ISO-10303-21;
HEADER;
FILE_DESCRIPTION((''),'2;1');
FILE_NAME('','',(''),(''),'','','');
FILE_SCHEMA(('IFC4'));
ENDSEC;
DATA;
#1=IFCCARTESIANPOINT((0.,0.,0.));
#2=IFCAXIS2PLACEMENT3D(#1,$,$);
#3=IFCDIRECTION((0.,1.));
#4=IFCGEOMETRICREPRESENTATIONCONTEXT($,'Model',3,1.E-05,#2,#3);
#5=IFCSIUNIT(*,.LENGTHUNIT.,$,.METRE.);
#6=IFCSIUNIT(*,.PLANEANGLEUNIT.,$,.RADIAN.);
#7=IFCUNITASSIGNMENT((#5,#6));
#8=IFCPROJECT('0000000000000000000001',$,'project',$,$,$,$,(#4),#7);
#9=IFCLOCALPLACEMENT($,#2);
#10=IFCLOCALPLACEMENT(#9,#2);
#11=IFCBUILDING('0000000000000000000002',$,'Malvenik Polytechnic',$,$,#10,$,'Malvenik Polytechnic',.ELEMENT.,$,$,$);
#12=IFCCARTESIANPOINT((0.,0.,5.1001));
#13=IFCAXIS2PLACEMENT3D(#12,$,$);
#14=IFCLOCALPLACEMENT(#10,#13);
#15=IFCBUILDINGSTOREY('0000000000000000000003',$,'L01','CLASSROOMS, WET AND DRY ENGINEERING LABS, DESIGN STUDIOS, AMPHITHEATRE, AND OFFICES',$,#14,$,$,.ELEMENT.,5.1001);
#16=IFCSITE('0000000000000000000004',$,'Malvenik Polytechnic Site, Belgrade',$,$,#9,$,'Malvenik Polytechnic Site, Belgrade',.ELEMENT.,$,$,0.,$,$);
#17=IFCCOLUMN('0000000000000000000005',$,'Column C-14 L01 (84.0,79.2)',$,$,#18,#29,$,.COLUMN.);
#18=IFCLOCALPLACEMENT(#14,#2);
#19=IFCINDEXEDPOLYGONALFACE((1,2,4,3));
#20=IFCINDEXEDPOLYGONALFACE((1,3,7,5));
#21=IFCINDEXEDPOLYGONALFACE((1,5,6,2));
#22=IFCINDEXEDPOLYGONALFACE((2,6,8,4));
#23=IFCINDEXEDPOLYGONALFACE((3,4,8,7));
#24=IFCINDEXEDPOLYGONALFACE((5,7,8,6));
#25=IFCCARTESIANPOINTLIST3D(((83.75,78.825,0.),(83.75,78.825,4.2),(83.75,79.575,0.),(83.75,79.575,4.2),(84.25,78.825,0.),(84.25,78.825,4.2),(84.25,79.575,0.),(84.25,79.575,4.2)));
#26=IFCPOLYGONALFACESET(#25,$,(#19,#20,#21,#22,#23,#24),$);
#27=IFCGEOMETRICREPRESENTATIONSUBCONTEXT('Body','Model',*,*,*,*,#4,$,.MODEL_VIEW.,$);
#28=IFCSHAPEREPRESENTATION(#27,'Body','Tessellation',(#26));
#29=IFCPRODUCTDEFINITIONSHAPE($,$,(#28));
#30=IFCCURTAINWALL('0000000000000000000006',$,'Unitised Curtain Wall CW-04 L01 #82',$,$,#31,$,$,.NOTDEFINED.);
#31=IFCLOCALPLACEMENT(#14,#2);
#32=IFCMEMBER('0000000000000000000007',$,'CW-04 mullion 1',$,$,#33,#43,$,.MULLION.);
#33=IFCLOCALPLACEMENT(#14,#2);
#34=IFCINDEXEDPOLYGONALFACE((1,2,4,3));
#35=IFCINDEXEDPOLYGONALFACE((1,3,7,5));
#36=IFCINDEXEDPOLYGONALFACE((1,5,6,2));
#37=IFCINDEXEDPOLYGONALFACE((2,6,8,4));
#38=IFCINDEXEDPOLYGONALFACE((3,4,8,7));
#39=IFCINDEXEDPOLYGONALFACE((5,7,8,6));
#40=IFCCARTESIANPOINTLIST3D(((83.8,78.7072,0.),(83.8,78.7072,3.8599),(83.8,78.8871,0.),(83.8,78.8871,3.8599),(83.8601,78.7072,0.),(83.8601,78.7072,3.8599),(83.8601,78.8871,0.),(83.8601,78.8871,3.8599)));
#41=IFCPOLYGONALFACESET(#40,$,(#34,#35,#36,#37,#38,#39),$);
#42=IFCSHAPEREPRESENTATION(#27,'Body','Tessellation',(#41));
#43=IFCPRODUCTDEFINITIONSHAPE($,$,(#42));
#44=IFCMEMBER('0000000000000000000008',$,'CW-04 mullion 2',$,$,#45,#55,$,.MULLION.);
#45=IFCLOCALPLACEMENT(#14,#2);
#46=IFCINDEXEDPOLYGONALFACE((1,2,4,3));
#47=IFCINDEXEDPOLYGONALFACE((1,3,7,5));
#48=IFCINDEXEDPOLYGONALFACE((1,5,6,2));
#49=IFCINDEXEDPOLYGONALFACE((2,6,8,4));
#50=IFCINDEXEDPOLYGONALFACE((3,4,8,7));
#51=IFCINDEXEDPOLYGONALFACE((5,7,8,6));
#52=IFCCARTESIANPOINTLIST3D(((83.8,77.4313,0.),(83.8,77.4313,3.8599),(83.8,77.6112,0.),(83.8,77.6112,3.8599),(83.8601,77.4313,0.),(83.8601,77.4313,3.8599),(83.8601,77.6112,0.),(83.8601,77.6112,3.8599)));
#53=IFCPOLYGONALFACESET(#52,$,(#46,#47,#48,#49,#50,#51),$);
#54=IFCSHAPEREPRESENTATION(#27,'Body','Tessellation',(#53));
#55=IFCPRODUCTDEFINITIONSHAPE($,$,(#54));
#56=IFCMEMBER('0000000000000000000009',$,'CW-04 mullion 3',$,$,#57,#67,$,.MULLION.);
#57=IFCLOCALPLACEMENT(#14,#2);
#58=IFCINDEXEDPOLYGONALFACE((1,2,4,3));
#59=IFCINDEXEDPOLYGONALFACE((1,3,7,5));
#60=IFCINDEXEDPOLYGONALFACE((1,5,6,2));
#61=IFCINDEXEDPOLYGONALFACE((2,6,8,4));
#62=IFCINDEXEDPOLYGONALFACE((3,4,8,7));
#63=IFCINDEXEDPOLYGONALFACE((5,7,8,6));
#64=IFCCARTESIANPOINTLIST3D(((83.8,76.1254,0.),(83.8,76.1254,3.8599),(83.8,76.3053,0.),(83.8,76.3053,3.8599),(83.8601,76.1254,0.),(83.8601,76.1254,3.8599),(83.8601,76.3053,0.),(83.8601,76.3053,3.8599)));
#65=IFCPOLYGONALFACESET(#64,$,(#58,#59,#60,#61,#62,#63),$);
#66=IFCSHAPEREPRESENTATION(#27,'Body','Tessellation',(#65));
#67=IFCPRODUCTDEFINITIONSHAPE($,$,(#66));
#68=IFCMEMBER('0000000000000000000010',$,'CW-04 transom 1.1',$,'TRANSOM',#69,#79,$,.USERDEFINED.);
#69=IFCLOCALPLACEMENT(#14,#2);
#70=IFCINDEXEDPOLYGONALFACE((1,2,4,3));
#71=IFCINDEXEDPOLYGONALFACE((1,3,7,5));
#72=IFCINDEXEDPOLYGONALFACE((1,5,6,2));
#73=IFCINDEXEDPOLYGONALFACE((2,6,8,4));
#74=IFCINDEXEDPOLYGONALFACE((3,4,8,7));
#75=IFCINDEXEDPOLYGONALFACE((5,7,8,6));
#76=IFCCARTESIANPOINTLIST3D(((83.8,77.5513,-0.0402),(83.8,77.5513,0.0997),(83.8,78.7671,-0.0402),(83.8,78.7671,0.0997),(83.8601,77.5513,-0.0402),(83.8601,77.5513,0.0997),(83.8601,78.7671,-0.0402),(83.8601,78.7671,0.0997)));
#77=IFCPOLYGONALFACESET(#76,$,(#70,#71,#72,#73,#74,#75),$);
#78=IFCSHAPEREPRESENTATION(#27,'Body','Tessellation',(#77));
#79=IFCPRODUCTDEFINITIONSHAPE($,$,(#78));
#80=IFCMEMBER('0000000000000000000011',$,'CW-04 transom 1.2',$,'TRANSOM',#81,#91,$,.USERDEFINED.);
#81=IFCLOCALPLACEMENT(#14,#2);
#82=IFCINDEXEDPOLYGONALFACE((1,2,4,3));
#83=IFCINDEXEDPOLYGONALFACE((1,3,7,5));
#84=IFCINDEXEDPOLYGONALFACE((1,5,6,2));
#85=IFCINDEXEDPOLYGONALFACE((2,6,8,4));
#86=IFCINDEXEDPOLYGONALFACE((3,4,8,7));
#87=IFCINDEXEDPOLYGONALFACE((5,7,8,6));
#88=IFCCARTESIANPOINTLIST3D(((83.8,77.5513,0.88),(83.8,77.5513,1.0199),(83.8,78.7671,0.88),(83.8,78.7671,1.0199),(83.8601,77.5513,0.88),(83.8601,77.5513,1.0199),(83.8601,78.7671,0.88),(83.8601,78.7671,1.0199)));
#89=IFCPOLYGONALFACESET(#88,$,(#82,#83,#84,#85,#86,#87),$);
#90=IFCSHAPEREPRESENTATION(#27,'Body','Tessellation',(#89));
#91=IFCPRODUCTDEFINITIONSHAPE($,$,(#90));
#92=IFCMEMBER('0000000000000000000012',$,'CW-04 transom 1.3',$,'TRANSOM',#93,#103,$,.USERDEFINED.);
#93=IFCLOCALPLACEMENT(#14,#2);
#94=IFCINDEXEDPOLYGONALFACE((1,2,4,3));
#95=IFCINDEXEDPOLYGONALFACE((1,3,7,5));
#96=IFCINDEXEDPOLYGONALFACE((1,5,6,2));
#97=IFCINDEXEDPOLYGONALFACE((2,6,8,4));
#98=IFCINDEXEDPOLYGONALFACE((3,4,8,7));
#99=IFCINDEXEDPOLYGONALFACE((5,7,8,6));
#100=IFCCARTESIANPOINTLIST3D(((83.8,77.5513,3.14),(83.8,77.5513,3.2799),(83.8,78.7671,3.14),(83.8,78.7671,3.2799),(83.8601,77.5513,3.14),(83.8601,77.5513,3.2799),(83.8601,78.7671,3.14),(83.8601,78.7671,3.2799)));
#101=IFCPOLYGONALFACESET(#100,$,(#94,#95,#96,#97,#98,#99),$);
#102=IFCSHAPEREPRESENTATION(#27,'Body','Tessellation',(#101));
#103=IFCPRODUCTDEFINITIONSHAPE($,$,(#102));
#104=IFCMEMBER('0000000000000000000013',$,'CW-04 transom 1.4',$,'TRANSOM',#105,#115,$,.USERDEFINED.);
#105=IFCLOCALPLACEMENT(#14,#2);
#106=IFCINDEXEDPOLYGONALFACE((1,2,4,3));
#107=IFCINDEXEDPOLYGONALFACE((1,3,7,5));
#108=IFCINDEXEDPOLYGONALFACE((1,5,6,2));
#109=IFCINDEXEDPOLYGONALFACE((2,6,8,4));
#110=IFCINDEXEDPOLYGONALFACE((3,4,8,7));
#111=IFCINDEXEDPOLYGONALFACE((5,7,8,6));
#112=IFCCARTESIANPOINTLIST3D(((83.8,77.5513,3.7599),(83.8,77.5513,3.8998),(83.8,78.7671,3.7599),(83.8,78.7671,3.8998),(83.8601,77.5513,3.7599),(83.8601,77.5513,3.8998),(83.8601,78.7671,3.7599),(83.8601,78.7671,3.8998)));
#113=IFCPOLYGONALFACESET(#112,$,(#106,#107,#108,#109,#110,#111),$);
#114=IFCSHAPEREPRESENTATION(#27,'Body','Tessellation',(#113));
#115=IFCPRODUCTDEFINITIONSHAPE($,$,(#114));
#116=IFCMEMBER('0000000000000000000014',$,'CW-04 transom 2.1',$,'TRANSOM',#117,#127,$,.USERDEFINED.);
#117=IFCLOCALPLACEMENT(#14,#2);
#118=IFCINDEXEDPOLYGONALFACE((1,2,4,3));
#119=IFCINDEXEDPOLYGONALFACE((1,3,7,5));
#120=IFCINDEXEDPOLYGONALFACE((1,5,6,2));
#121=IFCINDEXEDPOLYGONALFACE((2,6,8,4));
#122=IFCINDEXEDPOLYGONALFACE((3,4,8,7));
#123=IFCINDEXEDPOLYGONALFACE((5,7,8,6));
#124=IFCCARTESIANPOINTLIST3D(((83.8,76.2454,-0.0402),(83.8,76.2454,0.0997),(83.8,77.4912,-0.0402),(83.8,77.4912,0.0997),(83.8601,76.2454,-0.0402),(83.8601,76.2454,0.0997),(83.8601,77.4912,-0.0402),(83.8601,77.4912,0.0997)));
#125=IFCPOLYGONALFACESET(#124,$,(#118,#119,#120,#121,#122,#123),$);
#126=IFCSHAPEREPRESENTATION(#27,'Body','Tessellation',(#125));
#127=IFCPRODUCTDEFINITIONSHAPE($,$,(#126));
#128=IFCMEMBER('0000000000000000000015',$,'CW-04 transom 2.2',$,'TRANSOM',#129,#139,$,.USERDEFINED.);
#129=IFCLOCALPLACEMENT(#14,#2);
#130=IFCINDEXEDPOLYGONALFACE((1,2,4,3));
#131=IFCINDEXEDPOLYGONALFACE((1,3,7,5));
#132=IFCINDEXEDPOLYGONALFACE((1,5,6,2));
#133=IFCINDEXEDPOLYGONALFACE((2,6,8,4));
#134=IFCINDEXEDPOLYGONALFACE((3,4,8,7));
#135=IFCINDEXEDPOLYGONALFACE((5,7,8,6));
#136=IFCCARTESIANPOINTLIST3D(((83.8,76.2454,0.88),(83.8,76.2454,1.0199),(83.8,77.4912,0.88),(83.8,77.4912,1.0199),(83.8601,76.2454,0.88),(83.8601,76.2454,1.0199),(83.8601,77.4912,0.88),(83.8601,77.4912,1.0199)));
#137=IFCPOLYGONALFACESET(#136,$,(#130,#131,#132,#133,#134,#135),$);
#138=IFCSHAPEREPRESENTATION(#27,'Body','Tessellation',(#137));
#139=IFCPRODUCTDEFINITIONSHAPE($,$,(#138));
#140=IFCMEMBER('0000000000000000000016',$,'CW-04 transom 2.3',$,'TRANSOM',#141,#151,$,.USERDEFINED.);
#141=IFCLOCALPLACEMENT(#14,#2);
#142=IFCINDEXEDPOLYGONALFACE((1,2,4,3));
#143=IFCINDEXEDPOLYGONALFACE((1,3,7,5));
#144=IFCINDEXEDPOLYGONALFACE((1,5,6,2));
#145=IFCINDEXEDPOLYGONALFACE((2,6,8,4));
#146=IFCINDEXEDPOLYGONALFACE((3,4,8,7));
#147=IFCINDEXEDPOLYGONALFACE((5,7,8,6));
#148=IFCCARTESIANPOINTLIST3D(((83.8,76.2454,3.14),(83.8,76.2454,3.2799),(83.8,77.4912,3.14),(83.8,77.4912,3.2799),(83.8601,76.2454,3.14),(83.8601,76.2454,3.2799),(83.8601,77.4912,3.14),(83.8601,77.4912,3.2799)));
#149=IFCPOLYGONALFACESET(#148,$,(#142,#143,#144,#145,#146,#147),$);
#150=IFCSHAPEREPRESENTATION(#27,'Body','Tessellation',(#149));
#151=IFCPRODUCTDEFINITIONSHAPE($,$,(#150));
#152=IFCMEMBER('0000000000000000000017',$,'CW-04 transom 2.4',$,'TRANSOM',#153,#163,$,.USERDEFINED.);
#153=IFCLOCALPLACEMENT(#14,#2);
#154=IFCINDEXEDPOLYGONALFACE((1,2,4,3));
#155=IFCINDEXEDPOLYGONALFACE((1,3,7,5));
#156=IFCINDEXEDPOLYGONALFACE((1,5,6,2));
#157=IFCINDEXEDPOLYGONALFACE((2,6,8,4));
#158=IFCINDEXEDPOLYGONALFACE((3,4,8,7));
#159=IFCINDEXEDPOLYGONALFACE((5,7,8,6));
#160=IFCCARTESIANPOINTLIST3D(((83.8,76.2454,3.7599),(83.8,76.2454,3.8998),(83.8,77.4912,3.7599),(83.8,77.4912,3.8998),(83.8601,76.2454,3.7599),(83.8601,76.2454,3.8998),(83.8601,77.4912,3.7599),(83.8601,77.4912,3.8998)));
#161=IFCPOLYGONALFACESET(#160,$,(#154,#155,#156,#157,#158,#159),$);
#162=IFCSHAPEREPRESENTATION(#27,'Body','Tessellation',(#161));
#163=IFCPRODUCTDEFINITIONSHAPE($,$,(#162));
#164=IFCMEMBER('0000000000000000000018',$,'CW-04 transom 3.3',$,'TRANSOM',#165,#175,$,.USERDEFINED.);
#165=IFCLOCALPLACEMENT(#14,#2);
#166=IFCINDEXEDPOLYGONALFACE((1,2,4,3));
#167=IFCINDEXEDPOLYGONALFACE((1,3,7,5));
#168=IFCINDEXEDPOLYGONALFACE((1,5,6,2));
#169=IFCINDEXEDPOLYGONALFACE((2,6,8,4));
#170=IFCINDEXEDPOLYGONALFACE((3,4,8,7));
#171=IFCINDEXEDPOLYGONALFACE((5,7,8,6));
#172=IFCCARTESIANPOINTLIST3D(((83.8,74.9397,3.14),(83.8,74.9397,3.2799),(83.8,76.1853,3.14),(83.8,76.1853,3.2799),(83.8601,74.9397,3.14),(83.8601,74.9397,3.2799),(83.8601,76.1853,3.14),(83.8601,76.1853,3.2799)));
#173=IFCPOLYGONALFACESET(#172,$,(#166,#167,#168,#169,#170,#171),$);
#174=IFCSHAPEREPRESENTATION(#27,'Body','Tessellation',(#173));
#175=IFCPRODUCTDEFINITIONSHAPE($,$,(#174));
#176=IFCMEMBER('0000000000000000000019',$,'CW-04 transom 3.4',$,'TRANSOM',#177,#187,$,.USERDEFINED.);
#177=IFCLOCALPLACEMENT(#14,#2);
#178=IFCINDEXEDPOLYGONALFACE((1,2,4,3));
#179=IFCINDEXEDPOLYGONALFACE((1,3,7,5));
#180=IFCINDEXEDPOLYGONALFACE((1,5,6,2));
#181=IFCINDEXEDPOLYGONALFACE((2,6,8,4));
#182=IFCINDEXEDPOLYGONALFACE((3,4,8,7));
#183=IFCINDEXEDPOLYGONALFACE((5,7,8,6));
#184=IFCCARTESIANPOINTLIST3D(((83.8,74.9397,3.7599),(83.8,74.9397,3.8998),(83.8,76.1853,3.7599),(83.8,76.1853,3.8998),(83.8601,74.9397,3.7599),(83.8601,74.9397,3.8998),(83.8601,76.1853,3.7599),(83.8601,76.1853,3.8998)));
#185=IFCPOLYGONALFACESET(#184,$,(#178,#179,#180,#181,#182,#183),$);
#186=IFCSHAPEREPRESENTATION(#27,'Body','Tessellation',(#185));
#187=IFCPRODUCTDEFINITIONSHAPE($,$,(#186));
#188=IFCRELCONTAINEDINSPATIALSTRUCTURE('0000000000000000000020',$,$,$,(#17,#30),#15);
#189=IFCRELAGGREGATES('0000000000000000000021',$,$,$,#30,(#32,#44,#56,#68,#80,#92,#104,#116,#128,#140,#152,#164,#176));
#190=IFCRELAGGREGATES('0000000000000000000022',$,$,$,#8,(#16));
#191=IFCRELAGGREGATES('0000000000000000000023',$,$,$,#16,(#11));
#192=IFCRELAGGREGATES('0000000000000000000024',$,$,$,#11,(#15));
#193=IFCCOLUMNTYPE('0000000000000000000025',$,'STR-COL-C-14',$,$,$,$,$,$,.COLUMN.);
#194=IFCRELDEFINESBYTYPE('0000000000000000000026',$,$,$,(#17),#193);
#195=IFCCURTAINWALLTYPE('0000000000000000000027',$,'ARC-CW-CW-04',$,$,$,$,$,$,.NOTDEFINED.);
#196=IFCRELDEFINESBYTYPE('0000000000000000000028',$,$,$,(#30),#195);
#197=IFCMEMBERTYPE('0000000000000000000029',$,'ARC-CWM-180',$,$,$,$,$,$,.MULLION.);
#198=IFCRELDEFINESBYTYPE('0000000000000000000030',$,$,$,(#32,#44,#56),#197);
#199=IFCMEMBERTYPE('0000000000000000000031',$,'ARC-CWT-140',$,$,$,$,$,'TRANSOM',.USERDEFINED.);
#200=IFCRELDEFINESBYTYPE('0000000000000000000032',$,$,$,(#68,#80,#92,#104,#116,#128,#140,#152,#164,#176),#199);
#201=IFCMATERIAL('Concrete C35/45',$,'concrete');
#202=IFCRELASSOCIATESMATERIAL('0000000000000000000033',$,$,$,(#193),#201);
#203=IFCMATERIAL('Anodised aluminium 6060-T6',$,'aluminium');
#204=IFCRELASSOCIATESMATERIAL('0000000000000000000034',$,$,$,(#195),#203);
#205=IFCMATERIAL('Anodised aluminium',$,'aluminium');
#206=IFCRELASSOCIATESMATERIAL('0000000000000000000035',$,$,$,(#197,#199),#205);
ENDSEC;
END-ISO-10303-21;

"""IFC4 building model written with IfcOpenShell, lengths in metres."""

from ifc_helpers import new_model, si_unit, direction, frame, origin, origin_2d, place, context, subcontext, project, spatial, rectangle, extrude, material, material_profile, profile_set, type_object, element, aggregate, save


model = new_model("IFC4")

# Units and contexts
model_context = context("Model", 3, precision=1e-05, world=origin(), true_north=direction((0.0, 1.0)))
body_context = subcontext(model_context, "Body", "Model", "MODEL_VIEW")
ifc_project = project(units=[si_unit("LENGTHUNIT", "METRE"), si_unit("PLANEANGLEUNIT", "RADIAN")], contexts=[model_context])

# Site, building, storey
site_placement = place(None, origin())
site = spatial("IfcSite", under=ifc_project, at=site_placement, Name="Malvenik Polytechnic Site, Belgrade", LongName="Malvenik Polytechnic Site, Belgrade", CompositionType="ELEMENT", RefElevation=0.0)
building_placement = place(site_placement, origin())
building = spatial("IfcBuilding", under=site, at=building_placement, Name="Malvenik Polytechnic", LongName="Malvenik Polytechnic", CompositionType="ELEMENT")
storey_placement = place(building_placement, frame((0.0, 0.0, 5.1001)))
storey = spatial("IfcBuildingStorey", under=building, at=storey_placement, Name="L01", Description="CLASSROOMS, WET AND DRY ENGINEERING LABS, DESIGN STUDIOS, AMPHITHEATRE, AND OFFICES", CompositionType="ELEMENT", Elevation=5.1001)

# Column
ifc_material_1 = material(Name="Concrete C35/45", Category="concrete")
ifc_material_profile_1 = material_profile(ifc_material_1, rectangle(XDim=0.5, YDim=0.75, at=origin_2d()), Name="RC COL 750x500")
ifc_profile_set_1 = profile_set([ifc_material_profile_1], Name="Concrete C35/45")
column_type = type_object("IfcColumnType", Name="STR-COL-C-14", PredefinedType="COLUMN", material=ifc_profile_set_1)
column_placement = place(storey_placement, frame((84.0, 79.2, 0.0), z_axis=(0.0, 0.0, 1.0), x_axis=(1.0, 0.0, 0.0)))
element("IfcColumn", 1, at=column_placement, inside=storey, type_object=column_type, Name="Column C-14 L01 (84.0,79.2)", PredefinedType="COLUMN", context=body_context, shape_type="SweptSolid", body=[
    extrude(rectangle(XDim=0.5, YDim=0.75, at=origin_2d()), origin(), (0.0, 0.0, 1.0), 4.2),
])

# Curtain wall, members
ifc_material_2 = material(Name="Anodised aluminium 6060-T6", Category="aluminium")
curtain_wall_type = type_object("IfcCurtainWallType", Name="ARC-CW-CW-04", PredefinedType="NOTDEFINED", material=ifc_material_2)
curtain_wall_placement = place(storey_placement, origin())
curtain_wall = element("IfcCurtainWall", 2, at=curtain_wall_placement, inside=storey, type_object=curtain_wall_type, Name="Unitised Curtain Wall CW-04 L01 #82", PredefinedType="NOTDEFINED")
ifc_material_3 = material(Name="Anodised aluminium", Category="aluminium")
ifc_material_profile_2 = material_profile(ifc_material_3, rectangle(XDim=0.0601, YDim=0.1799, at=origin_2d()), Name="ALU MULLION 60x180")
ifc_profile_set_2 = profile_set([ifc_material_profile_2], Name="Anodised aluminium")
member_type_1 = type_object("IfcMemberType", Name="ARC-CWM-180", PredefinedType="MULLION", material=ifc_profile_set_2)
member_1_placement = place(storey_placement, frame((83.8301, 78.7971, 0.0), z_axis=(0.0, 0.0, 1.0), x_axis=(1.0, 0.0, 0.0)))
member_1 = element("IfcMember", 3, at=member_1_placement, type_object=member_type_1, Name="CW-04 mullion 1", PredefinedType="MULLION", context=body_context, shape_type="SweptSolid", body=[
    extrude(rectangle(XDim=0.0601, YDim=0.1799, at=origin_2d()), origin(), (0.0, 0.0, 1.0), 3.8599),
])
member_2_placement = place(storey_placement, frame((83.8301, 77.5212, 0.0), z_axis=(0.0, 0.0, 1.0), x_axis=(1.0, 0.0, 0.0)))
member_2 = element("IfcMember", 4, at=member_2_placement, type_object=member_type_1, Name="CW-04 mullion 2", PredefinedType="MULLION", context=body_context, shape_type="SweptSolid", body=[
    extrude(rectangle(XDim=0.0601, YDim=0.1799, at=origin_2d()), origin(), (0.0, 0.0, 1.0), 3.8599),
])
member_3_placement = place(storey_placement, frame((83.8301, 76.2153, 0.0), z_axis=(0.0, 0.0, 1.0), x_axis=(1.0, 0.0, 0.0)))
member_3 = element("IfcMember", 5, at=member_3_placement, type_object=member_type_1, Name="CW-04 mullion 3", PredefinedType="MULLION", context=body_context, shape_type="SweptSolid", body=[
    extrude(rectangle(XDim=0.0601, YDim=0.1799, at=origin_2d()), origin(), (0.0, 0.0, 1.0), 3.8599),
])
ifc_material_profile_3 = material_profile(ifc_material_3, rectangle(XDim=0.0601, YDim=0.1399, at=origin_2d()), Name="ALU TRANSOM 60x140")
ifc_profile_set_3 = profile_set([ifc_material_profile_3], Name="Anodised aluminium")
member_type_2 = type_object("IfcMemberType", Name="ARC-CWT-140", ElementType="TRANSOM", PredefinedType="USERDEFINED", material=ifc_profile_set_3)
member_4_placement = place(storey_placement, frame((83.8301, 78.7671, 0.0298), z_axis=(0.0, -1.0, 0.0), x_axis=(1.0, 0.0, 0.0)))
member_4 = element("IfcMember", 6, at=member_4_placement, type_object=member_type_2, Name="CW-04 transom 1.1", ObjectType="TRANSOM", PredefinedType="USERDEFINED", context=body_context, shape_type="SweptSolid", body=[
    extrude(rectangle(XDim=0.0601, YDim=0.1399, at=origin_2d()), origin(), (0.0, 0.0, 1.0), 1.2158),
])
member_5_placement = place(storey_placement, frame((83.8301, 78.7671, 0.95), z_axis=(0.0, -1.0, 0.0), x_axis=(1.0, 0.0, 0.0)))
member_5 = element("IfcMember", 7, at=member_5_placement, type_object=member_type_2, Name="CW-04 transom 1.2", ObjectType="TRANSOM", PredefinedType="USERDEFINED", context=body_context, shape_type="SweptSolid", body=[
    extrude(rectangle(XDim=0.0601, YDim=0.1399, at=origin_2d()), origin(), (0.0, 0.0, 1.0), 1.2158),
])
member_6_placement = place(storey_placement, frame((83.8301, 78.7671, 3.21), z_axis=(0.0, -1.0, 0.0), x_axis=(1.0, 0.0, 0.0)))
member_6 = element("IfcMember", 8, at=member_6_placement, type_object=member_type_2, Name="CW-04 transom 1.3", ObjectType="TRANSOM", PredefinedType="USERDEFINED", context=body_context, shape_type="SweptSolid", body=[
    extrude(rectangle(XDim=0.0601, YDim=0.1399, at=origin_2d()), origin(), (0.0, 0.0, 1.0), 1.2158),
])
member_7_placement = place(storey_placement, frame((83.8301, 78.7671, 3.8298), z_axis=(0.0, -1.0, 0.0), x_axis=(1.0, 0.0, 0.0)))
member_7 = element("IfcMember", 9, at=member_7_placement, type_object=member_type_2, Name="CW-04 transom 1.4", ObjectType="TRANSOM", PredefinedType="USERDEFINED", context=body_context, shape_type="SweptSolid", body=[
    extrude(rectangle(XDim=0.0601, YDim=0.1399, at=origin_2d()), origin(), (0.0, 0.0, 1.0), 1.2158),
])
member_8_placement = place(storey_placement, frame((83.8301, 77.4912, 0.0298), z_axis=(0.0, -1.0, 0.0), x_axis=(1.0, 0.0, 0.0)))
member_8 = element("IfcMember", 10, at=member_8_placement, type_object=member_type_2, Name="CW-04 transom 2.1", ObjectType="TRANSOM", PredefinedType="USERDEFINED", context=body_context, shape_type="SweptSolid", body=[
    extrude(rectangle(XDim=0.0601, YDim=0.1399, at=origin_2d()), origin(), (0.0, 0.0, 1.0), 1.2458),
])
member_9_placement = place(storey_placement, frame((83.8301, 77.4912, 0.95), z_axis=(0.0, -1.0, 0.0), x_axis=(1.0, 0.0, 0.0)))
member_9 = element("IfcMember", 11, at=member_9_placement, type_object=member_type_2, Name="CW-04 transom 2.2", ObjectType="TRANSOM", PredefinedType="USERDEFINED", context=body_context, shape_type="SweptSolid", body=[
    extrude(rectangle(XDim=0.0601, YDim=0.1399, at=origin_2d()), origin(), (0.0, 0.0, 1.0), 1.2458),
])
member_10_placement = place(storey_placement, frame((83.8301, 77.4912, 3.21), z_axis=(0.0, -1.0, 0.0), x_axis=(1.0, 0.0, 0.0)))
member_10 = element("IfcMember", 12, at=member_10_placement, type_object=member_type_2, Name="CW-04 transom 2.3", ObjectType="TRANSOM", PredefinedType="USERDEFINED", context=body_context, shape_type="SweptSolid", body=[
    extrude(rectangle(XDim=0.0601, YDim=0.1399, at=origin_2d()), origin(), (0.0, 0.0, 1.0), 1.2458),
])
member_11_placement = place(storey_placement, frame((83.8301, 77.4912, 3.8298), z_axis=(0.0, -1.0, 0.0), x_axis=(1.0, 0.0, 0.0)))
member_11 = element("IfcMember", 13, at=member_11_placement, type_object=member_type_2, Name="CW-04 transom 2.4", ObjectType="TRANSOM", PredefinedType="USERDEFINED", context=body_context, shape_type="SweptSolid", body=[
    extrude(rectangle(XDim=0.0601, YDim=0.1399, at=origin_2d()), origin(), (0.0, 0.0, 1.0), 1.2458),
])
member_12_placement = place(storey_placement, frame((83.8301, 76.1853, 3.21), z_axis=(0.0, -1.0, 0.0), x_axis=(1.0, 0.0, 0.0)))
member_12 = element("IfcMember", 14, at=member_12_placement, type_object=member_type_2, Name="CW-04 transom 3.3", ObjectType="TRANSOM", PredefinedType="USERDEFINED", context=body_context, shape_type="SweptSolid", body=[
    extrude(rectangle(XDim=0.0601, YDim=0.1399, at=origin_2d()), origin(), (0.0, 0.0, 1.0), 1.2456),
])
member_13_placement = place(storey_placement, frame((83.8301, 76.1853, 3.8298), z_axis=(0.0, -1.0, 0.0), x_axis=(1.0, 0.0, 0.0)))
member_13 = element("IfcMember", 15, at=member_13_placement, type_object=member_type_2, Name="CW-04 transom 3.4", ObjectType="TRANSOM", PredefinedType="USERDEFINED", context=body_context, shape_type="SweptSolid", body=[
    extrude(rectangle(XDim=0.0601, YDim=0.1399, at=origin_2d()), origin(), (0.0, 0.0, 1.0), 1.2456),
])

aggregate(curtain_wall, [member_1, member_2, member_3, member_4, member_5, member_6, member_7, member_8, member_9, member_10, member_11, member_12, member_13])

save(model, "model.ifc")
